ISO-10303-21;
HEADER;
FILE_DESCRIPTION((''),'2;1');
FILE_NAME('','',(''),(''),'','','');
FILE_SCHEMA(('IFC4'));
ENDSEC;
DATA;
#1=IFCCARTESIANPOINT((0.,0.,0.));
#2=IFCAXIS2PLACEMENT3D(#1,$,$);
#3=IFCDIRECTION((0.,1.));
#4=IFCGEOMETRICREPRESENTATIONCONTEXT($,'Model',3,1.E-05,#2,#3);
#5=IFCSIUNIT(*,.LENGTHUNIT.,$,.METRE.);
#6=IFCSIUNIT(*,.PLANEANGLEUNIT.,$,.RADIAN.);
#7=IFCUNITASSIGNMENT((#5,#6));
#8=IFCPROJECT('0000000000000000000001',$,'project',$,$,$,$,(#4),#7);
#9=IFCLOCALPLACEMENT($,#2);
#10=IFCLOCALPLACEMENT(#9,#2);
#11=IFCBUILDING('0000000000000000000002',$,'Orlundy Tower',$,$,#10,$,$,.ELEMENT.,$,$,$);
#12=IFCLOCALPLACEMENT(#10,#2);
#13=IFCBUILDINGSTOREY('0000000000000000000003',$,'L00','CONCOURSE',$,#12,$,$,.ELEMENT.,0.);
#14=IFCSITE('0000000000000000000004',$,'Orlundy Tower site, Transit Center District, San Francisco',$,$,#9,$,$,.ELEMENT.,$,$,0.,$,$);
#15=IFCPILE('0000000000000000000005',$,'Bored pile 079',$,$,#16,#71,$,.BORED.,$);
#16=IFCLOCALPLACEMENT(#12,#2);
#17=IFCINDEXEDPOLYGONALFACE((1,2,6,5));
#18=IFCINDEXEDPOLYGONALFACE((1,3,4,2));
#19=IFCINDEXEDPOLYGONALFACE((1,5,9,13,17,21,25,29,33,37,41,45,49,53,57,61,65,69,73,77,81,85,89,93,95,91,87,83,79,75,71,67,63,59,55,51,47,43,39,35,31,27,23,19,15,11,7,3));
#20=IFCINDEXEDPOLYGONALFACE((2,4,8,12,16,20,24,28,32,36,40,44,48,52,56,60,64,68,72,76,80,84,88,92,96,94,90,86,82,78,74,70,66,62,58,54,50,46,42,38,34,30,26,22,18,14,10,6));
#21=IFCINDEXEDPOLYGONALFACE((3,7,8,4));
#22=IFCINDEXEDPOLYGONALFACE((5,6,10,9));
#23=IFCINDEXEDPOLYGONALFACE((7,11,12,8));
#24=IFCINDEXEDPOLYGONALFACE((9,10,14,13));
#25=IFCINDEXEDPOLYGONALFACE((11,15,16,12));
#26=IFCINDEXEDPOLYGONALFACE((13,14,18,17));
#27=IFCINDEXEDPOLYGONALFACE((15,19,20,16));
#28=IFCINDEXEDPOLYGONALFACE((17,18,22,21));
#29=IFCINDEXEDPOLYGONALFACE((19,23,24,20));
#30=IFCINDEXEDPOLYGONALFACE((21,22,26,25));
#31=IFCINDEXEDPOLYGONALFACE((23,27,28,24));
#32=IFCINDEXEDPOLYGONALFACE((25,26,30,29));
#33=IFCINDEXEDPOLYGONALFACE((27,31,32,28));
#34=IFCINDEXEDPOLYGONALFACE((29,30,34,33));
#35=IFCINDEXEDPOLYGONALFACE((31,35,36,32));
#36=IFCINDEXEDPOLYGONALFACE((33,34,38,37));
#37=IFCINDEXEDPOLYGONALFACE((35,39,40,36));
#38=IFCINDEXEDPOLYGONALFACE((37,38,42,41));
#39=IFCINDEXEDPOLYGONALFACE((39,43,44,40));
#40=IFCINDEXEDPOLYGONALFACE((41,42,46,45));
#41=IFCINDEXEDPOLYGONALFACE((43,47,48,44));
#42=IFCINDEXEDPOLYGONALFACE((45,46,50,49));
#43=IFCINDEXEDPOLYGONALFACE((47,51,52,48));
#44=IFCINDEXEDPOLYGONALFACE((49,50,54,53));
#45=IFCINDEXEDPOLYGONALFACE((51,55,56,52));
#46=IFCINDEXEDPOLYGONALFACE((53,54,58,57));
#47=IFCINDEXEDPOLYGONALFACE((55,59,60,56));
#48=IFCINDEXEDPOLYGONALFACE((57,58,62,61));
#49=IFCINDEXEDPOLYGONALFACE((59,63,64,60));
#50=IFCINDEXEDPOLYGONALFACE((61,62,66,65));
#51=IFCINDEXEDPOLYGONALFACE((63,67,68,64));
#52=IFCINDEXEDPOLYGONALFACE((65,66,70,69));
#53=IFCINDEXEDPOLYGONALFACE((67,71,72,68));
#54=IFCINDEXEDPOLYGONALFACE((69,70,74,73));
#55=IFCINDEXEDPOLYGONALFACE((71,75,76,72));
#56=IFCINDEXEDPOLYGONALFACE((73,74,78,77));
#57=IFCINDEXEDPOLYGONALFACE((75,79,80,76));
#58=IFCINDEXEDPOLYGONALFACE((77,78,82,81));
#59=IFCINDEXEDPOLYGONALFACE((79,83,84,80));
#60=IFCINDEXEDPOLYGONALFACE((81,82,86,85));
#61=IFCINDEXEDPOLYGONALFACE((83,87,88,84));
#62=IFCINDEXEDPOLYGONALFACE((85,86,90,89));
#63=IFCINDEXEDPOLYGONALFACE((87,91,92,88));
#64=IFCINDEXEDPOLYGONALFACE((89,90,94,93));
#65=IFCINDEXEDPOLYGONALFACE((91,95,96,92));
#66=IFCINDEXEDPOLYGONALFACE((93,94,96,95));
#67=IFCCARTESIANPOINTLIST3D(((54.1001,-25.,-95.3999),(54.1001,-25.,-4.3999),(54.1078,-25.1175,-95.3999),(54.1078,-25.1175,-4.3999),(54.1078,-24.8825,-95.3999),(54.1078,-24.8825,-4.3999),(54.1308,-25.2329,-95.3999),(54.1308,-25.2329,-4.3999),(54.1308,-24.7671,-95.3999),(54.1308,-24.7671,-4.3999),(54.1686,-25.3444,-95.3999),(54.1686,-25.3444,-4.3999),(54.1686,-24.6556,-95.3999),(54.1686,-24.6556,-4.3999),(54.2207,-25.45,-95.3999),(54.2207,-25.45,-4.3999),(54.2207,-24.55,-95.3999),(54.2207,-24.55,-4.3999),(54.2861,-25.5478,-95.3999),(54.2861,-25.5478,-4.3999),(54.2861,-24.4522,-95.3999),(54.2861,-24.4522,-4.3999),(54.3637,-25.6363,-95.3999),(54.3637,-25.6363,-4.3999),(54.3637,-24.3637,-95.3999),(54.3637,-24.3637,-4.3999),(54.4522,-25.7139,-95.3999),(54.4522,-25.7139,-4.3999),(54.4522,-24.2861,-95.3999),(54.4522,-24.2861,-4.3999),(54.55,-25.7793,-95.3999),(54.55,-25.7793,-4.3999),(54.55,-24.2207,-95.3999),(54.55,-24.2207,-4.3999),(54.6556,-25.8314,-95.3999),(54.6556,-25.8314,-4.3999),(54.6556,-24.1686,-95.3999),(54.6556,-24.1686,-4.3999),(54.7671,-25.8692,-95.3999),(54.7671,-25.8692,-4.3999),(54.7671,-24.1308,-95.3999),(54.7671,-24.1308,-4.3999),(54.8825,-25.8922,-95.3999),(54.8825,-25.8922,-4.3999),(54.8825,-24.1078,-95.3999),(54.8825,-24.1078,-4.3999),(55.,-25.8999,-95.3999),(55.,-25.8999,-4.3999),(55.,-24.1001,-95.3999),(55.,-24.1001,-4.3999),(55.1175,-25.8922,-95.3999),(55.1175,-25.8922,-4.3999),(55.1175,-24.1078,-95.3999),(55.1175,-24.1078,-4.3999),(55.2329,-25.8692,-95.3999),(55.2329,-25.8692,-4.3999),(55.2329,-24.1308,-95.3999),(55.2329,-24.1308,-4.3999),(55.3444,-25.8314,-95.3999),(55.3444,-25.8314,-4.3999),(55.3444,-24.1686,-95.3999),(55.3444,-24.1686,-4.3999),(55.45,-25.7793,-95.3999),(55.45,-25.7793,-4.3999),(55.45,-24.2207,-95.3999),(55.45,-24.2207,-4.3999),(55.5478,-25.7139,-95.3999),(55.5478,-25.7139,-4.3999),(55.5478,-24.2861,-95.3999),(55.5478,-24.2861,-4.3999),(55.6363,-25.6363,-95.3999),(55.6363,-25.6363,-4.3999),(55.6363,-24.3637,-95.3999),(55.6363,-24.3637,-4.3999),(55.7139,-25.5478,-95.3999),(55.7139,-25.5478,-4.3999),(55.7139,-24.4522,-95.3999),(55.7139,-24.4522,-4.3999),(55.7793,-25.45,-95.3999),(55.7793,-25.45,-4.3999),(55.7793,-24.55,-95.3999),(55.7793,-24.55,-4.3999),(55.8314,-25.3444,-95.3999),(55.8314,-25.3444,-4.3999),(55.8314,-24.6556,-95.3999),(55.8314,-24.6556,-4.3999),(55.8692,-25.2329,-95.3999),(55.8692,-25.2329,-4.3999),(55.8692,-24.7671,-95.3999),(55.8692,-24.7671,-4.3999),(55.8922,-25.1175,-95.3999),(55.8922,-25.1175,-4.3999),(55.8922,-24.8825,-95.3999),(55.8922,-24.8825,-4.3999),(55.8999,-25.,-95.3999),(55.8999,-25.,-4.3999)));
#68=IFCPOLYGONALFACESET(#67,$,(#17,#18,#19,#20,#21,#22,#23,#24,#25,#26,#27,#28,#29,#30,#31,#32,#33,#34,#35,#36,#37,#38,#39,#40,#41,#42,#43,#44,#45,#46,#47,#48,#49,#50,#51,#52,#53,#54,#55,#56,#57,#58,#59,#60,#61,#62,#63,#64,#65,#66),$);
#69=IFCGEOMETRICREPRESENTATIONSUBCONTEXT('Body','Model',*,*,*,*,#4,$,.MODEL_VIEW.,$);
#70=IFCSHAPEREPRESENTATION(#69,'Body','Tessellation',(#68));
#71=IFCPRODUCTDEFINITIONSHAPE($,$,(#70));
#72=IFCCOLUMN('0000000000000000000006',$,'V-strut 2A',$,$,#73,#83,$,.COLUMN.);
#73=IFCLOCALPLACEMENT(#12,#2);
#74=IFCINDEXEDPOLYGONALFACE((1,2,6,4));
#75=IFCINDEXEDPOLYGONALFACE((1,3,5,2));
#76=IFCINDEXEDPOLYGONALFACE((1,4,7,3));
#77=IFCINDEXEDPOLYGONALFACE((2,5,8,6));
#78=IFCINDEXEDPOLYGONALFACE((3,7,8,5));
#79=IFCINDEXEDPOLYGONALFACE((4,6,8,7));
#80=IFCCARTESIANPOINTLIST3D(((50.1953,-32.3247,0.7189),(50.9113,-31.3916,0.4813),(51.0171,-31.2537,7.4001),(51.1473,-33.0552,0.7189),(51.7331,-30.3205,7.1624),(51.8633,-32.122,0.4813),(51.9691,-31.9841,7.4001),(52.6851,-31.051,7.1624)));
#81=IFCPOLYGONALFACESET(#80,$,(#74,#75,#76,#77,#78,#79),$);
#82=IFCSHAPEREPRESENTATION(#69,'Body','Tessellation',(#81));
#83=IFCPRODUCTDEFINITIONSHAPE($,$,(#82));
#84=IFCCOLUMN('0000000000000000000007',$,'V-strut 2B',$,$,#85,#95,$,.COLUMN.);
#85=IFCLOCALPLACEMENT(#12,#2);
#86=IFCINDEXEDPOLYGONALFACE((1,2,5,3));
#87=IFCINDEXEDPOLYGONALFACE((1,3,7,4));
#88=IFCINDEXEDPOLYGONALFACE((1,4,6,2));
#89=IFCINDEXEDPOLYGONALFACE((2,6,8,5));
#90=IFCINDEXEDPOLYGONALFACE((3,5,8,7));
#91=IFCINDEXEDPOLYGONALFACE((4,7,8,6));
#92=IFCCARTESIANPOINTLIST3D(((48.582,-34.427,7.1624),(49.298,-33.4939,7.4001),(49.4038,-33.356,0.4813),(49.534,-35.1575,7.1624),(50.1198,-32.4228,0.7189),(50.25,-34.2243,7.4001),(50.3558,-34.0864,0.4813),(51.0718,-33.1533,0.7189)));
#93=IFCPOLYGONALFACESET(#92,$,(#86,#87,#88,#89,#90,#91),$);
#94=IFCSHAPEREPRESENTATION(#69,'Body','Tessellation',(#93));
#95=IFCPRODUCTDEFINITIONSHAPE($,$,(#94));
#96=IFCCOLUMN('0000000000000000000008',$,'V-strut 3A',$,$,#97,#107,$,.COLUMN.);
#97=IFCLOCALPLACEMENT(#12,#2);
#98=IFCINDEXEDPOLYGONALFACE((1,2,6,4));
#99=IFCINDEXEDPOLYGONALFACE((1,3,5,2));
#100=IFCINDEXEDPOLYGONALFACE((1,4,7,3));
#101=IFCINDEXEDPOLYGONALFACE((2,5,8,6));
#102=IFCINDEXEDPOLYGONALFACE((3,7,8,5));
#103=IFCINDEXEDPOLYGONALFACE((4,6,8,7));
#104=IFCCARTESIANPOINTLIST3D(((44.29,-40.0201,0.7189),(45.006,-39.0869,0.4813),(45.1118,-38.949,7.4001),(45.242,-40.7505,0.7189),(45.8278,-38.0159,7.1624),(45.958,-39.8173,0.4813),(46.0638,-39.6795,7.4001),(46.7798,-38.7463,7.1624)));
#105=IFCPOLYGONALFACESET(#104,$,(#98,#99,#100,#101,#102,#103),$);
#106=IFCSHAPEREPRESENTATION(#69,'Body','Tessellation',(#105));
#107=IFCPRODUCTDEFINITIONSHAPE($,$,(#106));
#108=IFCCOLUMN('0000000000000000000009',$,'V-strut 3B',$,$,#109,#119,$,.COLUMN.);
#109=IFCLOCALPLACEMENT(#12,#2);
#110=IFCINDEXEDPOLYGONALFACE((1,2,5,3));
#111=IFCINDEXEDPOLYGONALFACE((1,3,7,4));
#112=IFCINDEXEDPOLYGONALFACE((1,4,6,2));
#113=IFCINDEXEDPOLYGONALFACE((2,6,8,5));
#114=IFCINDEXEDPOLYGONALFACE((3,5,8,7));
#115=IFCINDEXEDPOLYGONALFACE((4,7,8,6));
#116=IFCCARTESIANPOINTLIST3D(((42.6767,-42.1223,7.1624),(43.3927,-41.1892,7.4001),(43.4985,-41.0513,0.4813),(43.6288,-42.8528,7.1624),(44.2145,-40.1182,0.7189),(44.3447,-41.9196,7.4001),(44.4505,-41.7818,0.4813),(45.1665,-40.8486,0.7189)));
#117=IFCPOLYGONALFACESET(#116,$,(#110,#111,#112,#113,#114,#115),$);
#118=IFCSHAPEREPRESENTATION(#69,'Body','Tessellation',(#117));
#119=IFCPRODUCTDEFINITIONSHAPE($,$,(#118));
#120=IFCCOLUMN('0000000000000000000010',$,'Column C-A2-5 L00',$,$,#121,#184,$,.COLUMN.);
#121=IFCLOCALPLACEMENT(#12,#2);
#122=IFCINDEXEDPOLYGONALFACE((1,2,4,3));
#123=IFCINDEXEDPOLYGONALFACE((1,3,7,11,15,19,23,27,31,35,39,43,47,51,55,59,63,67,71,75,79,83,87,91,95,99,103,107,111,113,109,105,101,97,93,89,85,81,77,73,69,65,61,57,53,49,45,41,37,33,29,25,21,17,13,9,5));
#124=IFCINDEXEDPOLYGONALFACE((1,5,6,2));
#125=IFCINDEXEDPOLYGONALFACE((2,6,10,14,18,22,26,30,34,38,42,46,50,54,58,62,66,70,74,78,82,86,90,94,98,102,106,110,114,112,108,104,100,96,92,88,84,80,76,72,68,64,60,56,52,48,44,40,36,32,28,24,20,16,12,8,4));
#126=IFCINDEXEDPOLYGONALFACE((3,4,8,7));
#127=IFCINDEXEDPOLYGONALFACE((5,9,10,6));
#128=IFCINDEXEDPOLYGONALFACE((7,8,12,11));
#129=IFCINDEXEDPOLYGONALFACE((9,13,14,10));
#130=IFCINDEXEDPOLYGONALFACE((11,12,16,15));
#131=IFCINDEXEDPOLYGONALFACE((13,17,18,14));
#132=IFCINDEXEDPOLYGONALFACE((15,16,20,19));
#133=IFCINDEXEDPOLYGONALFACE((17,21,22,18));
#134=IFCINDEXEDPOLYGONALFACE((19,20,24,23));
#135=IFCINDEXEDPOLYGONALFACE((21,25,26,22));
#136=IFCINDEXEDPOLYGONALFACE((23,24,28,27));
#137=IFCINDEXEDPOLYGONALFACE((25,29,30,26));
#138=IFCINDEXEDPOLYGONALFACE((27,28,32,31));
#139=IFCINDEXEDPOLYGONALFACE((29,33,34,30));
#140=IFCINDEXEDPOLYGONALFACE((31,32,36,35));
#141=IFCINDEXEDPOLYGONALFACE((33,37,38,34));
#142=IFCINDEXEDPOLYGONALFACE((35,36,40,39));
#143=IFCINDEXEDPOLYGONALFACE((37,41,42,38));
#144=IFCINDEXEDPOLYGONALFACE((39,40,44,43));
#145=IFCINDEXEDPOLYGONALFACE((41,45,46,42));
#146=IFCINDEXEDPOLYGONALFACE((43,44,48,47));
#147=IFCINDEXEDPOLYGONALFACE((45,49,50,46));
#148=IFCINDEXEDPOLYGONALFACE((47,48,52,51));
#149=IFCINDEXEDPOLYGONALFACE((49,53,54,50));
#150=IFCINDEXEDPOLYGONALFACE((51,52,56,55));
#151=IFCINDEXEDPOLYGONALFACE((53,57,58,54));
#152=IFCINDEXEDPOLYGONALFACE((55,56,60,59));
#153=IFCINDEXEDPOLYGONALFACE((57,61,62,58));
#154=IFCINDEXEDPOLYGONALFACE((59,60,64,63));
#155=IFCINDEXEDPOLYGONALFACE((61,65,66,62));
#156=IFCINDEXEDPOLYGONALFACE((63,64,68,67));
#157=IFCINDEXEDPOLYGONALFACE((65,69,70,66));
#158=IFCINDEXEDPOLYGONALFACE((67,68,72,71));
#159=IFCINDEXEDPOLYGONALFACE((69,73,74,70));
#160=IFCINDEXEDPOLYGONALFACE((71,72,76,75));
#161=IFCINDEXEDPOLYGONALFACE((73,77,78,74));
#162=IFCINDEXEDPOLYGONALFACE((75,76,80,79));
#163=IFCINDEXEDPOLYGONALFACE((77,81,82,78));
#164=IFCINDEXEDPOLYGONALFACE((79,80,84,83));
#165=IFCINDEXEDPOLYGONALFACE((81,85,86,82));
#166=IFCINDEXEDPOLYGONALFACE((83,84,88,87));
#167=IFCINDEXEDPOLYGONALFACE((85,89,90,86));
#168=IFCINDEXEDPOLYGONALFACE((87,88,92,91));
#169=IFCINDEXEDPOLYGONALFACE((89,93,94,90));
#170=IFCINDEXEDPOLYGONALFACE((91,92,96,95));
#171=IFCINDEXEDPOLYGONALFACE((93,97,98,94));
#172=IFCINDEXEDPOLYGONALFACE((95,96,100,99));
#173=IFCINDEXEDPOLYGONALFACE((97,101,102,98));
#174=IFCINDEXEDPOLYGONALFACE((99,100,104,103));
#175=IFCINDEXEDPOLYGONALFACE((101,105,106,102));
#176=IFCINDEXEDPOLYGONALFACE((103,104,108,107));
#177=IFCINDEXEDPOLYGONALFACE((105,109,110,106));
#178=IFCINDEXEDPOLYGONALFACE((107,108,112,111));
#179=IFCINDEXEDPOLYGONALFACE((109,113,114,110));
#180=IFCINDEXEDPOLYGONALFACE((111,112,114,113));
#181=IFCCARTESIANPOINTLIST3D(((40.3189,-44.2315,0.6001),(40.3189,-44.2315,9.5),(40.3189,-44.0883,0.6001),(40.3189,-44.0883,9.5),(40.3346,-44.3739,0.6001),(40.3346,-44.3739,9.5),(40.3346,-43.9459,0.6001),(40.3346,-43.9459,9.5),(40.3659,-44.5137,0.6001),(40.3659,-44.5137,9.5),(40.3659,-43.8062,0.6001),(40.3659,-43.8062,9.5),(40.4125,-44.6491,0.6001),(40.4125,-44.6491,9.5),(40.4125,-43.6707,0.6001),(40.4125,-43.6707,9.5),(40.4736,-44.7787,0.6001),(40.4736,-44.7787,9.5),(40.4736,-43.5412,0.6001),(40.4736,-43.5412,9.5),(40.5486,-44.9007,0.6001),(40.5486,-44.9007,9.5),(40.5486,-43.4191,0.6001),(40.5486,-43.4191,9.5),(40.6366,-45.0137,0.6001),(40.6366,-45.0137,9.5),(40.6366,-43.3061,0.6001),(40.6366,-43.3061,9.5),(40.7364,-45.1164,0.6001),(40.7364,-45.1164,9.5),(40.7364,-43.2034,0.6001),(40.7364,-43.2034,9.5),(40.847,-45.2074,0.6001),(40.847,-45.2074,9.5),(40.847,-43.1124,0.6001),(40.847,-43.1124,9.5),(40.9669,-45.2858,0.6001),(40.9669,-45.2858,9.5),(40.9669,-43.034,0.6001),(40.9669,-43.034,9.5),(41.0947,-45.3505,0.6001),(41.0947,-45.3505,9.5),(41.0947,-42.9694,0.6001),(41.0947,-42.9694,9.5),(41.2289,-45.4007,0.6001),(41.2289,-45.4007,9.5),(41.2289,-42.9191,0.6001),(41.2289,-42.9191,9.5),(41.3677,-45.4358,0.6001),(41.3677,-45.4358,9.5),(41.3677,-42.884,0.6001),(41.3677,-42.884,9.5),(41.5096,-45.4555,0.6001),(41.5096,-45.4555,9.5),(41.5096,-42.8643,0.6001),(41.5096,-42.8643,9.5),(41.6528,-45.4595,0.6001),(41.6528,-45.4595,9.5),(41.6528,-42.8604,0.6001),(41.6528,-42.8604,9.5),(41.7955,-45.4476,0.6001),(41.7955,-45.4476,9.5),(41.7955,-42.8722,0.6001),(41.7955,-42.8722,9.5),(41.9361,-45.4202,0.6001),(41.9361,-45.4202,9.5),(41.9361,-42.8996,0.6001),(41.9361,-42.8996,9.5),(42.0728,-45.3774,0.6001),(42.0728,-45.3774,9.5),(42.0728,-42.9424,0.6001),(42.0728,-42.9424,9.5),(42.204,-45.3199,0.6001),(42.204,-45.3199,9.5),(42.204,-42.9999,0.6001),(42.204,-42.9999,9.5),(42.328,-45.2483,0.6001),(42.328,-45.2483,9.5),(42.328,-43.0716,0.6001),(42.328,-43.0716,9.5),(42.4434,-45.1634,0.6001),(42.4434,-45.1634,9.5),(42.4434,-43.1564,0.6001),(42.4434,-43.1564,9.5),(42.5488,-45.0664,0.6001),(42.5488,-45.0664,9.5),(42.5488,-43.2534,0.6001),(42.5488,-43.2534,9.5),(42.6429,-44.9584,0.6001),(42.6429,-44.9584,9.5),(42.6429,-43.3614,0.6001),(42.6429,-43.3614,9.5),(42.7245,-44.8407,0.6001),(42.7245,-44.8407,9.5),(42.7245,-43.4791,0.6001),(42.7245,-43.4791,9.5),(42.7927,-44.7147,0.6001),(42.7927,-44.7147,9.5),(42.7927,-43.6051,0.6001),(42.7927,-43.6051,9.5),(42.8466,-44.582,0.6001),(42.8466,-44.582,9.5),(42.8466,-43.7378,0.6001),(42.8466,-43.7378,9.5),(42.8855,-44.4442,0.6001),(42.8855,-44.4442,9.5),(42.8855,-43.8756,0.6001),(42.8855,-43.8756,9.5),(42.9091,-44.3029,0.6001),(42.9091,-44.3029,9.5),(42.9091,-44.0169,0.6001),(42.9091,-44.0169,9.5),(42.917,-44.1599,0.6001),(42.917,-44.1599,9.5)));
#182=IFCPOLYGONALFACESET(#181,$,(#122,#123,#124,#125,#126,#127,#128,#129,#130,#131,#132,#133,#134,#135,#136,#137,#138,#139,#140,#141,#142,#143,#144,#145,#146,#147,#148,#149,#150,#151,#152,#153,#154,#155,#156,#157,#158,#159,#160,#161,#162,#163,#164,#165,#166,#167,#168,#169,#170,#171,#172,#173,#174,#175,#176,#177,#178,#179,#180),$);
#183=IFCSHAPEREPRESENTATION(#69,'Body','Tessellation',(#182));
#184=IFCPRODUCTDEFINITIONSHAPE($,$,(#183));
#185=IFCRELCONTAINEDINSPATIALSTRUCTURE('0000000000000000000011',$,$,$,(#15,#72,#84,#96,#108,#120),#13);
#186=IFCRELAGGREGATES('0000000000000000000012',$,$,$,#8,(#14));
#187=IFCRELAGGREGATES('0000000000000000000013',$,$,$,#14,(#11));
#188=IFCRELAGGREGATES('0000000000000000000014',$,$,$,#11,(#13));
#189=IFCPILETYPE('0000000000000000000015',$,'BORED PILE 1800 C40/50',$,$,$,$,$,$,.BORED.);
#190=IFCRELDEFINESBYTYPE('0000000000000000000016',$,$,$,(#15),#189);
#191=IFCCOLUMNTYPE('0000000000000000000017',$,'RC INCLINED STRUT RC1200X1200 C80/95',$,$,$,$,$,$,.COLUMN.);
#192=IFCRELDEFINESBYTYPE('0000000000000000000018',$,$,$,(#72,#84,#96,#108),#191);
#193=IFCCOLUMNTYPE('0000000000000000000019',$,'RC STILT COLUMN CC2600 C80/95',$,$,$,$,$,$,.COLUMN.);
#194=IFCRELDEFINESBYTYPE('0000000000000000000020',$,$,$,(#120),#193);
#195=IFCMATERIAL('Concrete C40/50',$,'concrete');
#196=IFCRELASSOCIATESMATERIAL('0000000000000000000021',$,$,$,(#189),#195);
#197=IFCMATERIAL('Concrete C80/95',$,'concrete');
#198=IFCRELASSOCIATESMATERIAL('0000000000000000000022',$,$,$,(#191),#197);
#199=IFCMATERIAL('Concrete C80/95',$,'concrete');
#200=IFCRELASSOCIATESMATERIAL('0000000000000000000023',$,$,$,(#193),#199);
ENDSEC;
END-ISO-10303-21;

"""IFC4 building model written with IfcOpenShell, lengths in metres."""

from ifc_helpers import new_model, si_unit, direction, frame, origin, origin_2d, place, context, subcontext, project, spatial, rectangle, circle, extrude, material, material_profile, profile_set, type_object, element, save


model = new_model("IFC4")

# Units and contexts
model_context = context("Model", 3, precision=1e-05, world=origin(), true_north=direction((0.0, 1.0)))
body_context = subcontext(model_context, "Body", "Model", "MODEL_VIEW")
ifc_project = project(units=[si_unit("LENGTHUNIT", "METRE"), si_unit("PLANEANGLEUNIT", "RADIAN")], contexts=[model_context])

# Site, building, storey
site_placement = place(None, origin())
site = spatial("IfcSite", under=ifc_project, at=site_placement, Name="Orlundy Tower site, Transit Center District, San Francisco", CompositionType="ELEMENT", RefElevation=0.0)
building_placement = place(site_placement, origin())
building = spatial("IfcBuilding", under=site, at=building_placement, Name="Orlundy Tower", CompositionType="ELEMENT")
storey_placement = place(building_placement, origin())
storey = spatial("IfcBuildingStorey", under=building, at=storey_placement, Name="L00", Description="CONCOURSE", CompositionType="ELEMENT", Elevation=0.0)

# Pile
ifc_material_1 = material(Name="Concrete C40/50", Category="concrete")
ifc_material_profile_1 = material_profile(ifc_material_1, circle(Radius=0.8999, at=origin_2d()), Name="BP1800")
ifc_profile_set_1 = profile_set([ifc_material_profile_1], Name="Concrete C40/50")
pile_type = type_object("IfcPileType", Name="BORED PILE 1800 C40/50", PredefinedType="BORED", material=ifc_profile_set_1)
for number, where, z_axis, x_axis, name in (
    (1, (55.0, -25.0, -4.3999), (0.0, 0.0, -1.0), (1.0, 0.0, 0.0), "Bored pile 079"),
):
    element("IfcPile", number, at=place(storey_placement, frame(where, z_axis=z_axis, x_axis=x_axis)), inside=storey, type_object=pile_type, Name=name, PredefinedType="BORED", context=body_context, shape_type="SweptSolid", body=[
        extrude(circle(Radius=0.8999, at=origin_2d()), origin(), (0.0, 0.0, 1.0), 91.0),
    ])

# Columns
ifc_material_2 = material(Name="Concrete C80/95", Category="concrete")
ifc_material_profile_2 = material_profile(ifc_material_2, rectangle(XDim=1.2, YDim=1.2, at=origin_2d()), Name="RC1200X1200")
ifc_profile_set_2 = profile_set([ifc_material_profile_2], Name="Concrete C80/95")
column_type_1 = type_object("IfcColumnType", Name="RC INCLINED STRUT RC1200X1200 C80/95", PredefinedType="COLUMN", material=ifc_profile_set_2)
for number, where, z_axis, x_axis, name in (
    (2, (51.0293, -32.2234, 0.6001), (0.120563, 0.157133, 0.980191), (-0.793376, 0.608731, 0.0), "V-strut 2A"),
    (3, (50.2378, -33.2546, 0.6001), (-0.120563, -0.157133, 0.980191), (0.793376, -0.608731, 0.0), "V-strut 2B"),
    (4, (45.124, -39.9187, 0.6001), (0.120563, 0.157133, 0.980191), (-0.793376, 0.608731, 0.0), "V-strut 3A"),
    (5, (44.3325, -40.95, 0.6001), (-0.120563, -0.157133, 0.980191), (0.793376, -0.608731, 0.0), "V-strut 3B"),
):
    element("IfcColumn", number, at=place(storey_placement, frame(where, z_axis=z_axis, x_axis=x_axis)), inside=storey, type_object=column_type_1, Name=name, PredefinedType="COLUMN", context=body_context, shape_type="SweptSolid", body=[
        extrude(rectangle(XDim=1.2, YDim=1.2, at=origin_2d()), origin(), (0.0, 0.0, 1.0), 6.8162),
    ])
ifc_material_3 = material(Name="Concrete C80/95", Category="concrete")
ifc_material_profile_3 = material_profile(ifc_material_3, circle(Radius=1.3, at=origin_2d()), Name="CC2600")
ifc_profile_set_3 = profile_set([ifc_material_profile_3], Name="Concrete C80/95")
column_type_2 = type_object("IfcColumnType", Name="RC STILT COLUMN CC2600 C80/95", PredefinedType="COLUMN", material=ifc_profile_set_3)
for number, where, z_axis, x_axis, name in (
    (6, (41.6169, -44.1599, 0.6001), (0.0, 0.0, 1.0), (1.0, 0.0, 0.0), "Column C-A2-5 L00"),
):
    element("IfcColumn", number, at=place(storey_placement, frame(where, z_axis=z_axis, x_axis=x_axis)), inside=storey, type_object=column_type_2, Name=name, PredefinedType="COLUMN", context=body_context, shape_type="SweptSolid", body=[
        extrude(circle(Radius=1.3, at=origin_2d()), origin(), (0.0, 0.0, 1.0), 8.8999),
    ])

save(model, "model.ifc")
